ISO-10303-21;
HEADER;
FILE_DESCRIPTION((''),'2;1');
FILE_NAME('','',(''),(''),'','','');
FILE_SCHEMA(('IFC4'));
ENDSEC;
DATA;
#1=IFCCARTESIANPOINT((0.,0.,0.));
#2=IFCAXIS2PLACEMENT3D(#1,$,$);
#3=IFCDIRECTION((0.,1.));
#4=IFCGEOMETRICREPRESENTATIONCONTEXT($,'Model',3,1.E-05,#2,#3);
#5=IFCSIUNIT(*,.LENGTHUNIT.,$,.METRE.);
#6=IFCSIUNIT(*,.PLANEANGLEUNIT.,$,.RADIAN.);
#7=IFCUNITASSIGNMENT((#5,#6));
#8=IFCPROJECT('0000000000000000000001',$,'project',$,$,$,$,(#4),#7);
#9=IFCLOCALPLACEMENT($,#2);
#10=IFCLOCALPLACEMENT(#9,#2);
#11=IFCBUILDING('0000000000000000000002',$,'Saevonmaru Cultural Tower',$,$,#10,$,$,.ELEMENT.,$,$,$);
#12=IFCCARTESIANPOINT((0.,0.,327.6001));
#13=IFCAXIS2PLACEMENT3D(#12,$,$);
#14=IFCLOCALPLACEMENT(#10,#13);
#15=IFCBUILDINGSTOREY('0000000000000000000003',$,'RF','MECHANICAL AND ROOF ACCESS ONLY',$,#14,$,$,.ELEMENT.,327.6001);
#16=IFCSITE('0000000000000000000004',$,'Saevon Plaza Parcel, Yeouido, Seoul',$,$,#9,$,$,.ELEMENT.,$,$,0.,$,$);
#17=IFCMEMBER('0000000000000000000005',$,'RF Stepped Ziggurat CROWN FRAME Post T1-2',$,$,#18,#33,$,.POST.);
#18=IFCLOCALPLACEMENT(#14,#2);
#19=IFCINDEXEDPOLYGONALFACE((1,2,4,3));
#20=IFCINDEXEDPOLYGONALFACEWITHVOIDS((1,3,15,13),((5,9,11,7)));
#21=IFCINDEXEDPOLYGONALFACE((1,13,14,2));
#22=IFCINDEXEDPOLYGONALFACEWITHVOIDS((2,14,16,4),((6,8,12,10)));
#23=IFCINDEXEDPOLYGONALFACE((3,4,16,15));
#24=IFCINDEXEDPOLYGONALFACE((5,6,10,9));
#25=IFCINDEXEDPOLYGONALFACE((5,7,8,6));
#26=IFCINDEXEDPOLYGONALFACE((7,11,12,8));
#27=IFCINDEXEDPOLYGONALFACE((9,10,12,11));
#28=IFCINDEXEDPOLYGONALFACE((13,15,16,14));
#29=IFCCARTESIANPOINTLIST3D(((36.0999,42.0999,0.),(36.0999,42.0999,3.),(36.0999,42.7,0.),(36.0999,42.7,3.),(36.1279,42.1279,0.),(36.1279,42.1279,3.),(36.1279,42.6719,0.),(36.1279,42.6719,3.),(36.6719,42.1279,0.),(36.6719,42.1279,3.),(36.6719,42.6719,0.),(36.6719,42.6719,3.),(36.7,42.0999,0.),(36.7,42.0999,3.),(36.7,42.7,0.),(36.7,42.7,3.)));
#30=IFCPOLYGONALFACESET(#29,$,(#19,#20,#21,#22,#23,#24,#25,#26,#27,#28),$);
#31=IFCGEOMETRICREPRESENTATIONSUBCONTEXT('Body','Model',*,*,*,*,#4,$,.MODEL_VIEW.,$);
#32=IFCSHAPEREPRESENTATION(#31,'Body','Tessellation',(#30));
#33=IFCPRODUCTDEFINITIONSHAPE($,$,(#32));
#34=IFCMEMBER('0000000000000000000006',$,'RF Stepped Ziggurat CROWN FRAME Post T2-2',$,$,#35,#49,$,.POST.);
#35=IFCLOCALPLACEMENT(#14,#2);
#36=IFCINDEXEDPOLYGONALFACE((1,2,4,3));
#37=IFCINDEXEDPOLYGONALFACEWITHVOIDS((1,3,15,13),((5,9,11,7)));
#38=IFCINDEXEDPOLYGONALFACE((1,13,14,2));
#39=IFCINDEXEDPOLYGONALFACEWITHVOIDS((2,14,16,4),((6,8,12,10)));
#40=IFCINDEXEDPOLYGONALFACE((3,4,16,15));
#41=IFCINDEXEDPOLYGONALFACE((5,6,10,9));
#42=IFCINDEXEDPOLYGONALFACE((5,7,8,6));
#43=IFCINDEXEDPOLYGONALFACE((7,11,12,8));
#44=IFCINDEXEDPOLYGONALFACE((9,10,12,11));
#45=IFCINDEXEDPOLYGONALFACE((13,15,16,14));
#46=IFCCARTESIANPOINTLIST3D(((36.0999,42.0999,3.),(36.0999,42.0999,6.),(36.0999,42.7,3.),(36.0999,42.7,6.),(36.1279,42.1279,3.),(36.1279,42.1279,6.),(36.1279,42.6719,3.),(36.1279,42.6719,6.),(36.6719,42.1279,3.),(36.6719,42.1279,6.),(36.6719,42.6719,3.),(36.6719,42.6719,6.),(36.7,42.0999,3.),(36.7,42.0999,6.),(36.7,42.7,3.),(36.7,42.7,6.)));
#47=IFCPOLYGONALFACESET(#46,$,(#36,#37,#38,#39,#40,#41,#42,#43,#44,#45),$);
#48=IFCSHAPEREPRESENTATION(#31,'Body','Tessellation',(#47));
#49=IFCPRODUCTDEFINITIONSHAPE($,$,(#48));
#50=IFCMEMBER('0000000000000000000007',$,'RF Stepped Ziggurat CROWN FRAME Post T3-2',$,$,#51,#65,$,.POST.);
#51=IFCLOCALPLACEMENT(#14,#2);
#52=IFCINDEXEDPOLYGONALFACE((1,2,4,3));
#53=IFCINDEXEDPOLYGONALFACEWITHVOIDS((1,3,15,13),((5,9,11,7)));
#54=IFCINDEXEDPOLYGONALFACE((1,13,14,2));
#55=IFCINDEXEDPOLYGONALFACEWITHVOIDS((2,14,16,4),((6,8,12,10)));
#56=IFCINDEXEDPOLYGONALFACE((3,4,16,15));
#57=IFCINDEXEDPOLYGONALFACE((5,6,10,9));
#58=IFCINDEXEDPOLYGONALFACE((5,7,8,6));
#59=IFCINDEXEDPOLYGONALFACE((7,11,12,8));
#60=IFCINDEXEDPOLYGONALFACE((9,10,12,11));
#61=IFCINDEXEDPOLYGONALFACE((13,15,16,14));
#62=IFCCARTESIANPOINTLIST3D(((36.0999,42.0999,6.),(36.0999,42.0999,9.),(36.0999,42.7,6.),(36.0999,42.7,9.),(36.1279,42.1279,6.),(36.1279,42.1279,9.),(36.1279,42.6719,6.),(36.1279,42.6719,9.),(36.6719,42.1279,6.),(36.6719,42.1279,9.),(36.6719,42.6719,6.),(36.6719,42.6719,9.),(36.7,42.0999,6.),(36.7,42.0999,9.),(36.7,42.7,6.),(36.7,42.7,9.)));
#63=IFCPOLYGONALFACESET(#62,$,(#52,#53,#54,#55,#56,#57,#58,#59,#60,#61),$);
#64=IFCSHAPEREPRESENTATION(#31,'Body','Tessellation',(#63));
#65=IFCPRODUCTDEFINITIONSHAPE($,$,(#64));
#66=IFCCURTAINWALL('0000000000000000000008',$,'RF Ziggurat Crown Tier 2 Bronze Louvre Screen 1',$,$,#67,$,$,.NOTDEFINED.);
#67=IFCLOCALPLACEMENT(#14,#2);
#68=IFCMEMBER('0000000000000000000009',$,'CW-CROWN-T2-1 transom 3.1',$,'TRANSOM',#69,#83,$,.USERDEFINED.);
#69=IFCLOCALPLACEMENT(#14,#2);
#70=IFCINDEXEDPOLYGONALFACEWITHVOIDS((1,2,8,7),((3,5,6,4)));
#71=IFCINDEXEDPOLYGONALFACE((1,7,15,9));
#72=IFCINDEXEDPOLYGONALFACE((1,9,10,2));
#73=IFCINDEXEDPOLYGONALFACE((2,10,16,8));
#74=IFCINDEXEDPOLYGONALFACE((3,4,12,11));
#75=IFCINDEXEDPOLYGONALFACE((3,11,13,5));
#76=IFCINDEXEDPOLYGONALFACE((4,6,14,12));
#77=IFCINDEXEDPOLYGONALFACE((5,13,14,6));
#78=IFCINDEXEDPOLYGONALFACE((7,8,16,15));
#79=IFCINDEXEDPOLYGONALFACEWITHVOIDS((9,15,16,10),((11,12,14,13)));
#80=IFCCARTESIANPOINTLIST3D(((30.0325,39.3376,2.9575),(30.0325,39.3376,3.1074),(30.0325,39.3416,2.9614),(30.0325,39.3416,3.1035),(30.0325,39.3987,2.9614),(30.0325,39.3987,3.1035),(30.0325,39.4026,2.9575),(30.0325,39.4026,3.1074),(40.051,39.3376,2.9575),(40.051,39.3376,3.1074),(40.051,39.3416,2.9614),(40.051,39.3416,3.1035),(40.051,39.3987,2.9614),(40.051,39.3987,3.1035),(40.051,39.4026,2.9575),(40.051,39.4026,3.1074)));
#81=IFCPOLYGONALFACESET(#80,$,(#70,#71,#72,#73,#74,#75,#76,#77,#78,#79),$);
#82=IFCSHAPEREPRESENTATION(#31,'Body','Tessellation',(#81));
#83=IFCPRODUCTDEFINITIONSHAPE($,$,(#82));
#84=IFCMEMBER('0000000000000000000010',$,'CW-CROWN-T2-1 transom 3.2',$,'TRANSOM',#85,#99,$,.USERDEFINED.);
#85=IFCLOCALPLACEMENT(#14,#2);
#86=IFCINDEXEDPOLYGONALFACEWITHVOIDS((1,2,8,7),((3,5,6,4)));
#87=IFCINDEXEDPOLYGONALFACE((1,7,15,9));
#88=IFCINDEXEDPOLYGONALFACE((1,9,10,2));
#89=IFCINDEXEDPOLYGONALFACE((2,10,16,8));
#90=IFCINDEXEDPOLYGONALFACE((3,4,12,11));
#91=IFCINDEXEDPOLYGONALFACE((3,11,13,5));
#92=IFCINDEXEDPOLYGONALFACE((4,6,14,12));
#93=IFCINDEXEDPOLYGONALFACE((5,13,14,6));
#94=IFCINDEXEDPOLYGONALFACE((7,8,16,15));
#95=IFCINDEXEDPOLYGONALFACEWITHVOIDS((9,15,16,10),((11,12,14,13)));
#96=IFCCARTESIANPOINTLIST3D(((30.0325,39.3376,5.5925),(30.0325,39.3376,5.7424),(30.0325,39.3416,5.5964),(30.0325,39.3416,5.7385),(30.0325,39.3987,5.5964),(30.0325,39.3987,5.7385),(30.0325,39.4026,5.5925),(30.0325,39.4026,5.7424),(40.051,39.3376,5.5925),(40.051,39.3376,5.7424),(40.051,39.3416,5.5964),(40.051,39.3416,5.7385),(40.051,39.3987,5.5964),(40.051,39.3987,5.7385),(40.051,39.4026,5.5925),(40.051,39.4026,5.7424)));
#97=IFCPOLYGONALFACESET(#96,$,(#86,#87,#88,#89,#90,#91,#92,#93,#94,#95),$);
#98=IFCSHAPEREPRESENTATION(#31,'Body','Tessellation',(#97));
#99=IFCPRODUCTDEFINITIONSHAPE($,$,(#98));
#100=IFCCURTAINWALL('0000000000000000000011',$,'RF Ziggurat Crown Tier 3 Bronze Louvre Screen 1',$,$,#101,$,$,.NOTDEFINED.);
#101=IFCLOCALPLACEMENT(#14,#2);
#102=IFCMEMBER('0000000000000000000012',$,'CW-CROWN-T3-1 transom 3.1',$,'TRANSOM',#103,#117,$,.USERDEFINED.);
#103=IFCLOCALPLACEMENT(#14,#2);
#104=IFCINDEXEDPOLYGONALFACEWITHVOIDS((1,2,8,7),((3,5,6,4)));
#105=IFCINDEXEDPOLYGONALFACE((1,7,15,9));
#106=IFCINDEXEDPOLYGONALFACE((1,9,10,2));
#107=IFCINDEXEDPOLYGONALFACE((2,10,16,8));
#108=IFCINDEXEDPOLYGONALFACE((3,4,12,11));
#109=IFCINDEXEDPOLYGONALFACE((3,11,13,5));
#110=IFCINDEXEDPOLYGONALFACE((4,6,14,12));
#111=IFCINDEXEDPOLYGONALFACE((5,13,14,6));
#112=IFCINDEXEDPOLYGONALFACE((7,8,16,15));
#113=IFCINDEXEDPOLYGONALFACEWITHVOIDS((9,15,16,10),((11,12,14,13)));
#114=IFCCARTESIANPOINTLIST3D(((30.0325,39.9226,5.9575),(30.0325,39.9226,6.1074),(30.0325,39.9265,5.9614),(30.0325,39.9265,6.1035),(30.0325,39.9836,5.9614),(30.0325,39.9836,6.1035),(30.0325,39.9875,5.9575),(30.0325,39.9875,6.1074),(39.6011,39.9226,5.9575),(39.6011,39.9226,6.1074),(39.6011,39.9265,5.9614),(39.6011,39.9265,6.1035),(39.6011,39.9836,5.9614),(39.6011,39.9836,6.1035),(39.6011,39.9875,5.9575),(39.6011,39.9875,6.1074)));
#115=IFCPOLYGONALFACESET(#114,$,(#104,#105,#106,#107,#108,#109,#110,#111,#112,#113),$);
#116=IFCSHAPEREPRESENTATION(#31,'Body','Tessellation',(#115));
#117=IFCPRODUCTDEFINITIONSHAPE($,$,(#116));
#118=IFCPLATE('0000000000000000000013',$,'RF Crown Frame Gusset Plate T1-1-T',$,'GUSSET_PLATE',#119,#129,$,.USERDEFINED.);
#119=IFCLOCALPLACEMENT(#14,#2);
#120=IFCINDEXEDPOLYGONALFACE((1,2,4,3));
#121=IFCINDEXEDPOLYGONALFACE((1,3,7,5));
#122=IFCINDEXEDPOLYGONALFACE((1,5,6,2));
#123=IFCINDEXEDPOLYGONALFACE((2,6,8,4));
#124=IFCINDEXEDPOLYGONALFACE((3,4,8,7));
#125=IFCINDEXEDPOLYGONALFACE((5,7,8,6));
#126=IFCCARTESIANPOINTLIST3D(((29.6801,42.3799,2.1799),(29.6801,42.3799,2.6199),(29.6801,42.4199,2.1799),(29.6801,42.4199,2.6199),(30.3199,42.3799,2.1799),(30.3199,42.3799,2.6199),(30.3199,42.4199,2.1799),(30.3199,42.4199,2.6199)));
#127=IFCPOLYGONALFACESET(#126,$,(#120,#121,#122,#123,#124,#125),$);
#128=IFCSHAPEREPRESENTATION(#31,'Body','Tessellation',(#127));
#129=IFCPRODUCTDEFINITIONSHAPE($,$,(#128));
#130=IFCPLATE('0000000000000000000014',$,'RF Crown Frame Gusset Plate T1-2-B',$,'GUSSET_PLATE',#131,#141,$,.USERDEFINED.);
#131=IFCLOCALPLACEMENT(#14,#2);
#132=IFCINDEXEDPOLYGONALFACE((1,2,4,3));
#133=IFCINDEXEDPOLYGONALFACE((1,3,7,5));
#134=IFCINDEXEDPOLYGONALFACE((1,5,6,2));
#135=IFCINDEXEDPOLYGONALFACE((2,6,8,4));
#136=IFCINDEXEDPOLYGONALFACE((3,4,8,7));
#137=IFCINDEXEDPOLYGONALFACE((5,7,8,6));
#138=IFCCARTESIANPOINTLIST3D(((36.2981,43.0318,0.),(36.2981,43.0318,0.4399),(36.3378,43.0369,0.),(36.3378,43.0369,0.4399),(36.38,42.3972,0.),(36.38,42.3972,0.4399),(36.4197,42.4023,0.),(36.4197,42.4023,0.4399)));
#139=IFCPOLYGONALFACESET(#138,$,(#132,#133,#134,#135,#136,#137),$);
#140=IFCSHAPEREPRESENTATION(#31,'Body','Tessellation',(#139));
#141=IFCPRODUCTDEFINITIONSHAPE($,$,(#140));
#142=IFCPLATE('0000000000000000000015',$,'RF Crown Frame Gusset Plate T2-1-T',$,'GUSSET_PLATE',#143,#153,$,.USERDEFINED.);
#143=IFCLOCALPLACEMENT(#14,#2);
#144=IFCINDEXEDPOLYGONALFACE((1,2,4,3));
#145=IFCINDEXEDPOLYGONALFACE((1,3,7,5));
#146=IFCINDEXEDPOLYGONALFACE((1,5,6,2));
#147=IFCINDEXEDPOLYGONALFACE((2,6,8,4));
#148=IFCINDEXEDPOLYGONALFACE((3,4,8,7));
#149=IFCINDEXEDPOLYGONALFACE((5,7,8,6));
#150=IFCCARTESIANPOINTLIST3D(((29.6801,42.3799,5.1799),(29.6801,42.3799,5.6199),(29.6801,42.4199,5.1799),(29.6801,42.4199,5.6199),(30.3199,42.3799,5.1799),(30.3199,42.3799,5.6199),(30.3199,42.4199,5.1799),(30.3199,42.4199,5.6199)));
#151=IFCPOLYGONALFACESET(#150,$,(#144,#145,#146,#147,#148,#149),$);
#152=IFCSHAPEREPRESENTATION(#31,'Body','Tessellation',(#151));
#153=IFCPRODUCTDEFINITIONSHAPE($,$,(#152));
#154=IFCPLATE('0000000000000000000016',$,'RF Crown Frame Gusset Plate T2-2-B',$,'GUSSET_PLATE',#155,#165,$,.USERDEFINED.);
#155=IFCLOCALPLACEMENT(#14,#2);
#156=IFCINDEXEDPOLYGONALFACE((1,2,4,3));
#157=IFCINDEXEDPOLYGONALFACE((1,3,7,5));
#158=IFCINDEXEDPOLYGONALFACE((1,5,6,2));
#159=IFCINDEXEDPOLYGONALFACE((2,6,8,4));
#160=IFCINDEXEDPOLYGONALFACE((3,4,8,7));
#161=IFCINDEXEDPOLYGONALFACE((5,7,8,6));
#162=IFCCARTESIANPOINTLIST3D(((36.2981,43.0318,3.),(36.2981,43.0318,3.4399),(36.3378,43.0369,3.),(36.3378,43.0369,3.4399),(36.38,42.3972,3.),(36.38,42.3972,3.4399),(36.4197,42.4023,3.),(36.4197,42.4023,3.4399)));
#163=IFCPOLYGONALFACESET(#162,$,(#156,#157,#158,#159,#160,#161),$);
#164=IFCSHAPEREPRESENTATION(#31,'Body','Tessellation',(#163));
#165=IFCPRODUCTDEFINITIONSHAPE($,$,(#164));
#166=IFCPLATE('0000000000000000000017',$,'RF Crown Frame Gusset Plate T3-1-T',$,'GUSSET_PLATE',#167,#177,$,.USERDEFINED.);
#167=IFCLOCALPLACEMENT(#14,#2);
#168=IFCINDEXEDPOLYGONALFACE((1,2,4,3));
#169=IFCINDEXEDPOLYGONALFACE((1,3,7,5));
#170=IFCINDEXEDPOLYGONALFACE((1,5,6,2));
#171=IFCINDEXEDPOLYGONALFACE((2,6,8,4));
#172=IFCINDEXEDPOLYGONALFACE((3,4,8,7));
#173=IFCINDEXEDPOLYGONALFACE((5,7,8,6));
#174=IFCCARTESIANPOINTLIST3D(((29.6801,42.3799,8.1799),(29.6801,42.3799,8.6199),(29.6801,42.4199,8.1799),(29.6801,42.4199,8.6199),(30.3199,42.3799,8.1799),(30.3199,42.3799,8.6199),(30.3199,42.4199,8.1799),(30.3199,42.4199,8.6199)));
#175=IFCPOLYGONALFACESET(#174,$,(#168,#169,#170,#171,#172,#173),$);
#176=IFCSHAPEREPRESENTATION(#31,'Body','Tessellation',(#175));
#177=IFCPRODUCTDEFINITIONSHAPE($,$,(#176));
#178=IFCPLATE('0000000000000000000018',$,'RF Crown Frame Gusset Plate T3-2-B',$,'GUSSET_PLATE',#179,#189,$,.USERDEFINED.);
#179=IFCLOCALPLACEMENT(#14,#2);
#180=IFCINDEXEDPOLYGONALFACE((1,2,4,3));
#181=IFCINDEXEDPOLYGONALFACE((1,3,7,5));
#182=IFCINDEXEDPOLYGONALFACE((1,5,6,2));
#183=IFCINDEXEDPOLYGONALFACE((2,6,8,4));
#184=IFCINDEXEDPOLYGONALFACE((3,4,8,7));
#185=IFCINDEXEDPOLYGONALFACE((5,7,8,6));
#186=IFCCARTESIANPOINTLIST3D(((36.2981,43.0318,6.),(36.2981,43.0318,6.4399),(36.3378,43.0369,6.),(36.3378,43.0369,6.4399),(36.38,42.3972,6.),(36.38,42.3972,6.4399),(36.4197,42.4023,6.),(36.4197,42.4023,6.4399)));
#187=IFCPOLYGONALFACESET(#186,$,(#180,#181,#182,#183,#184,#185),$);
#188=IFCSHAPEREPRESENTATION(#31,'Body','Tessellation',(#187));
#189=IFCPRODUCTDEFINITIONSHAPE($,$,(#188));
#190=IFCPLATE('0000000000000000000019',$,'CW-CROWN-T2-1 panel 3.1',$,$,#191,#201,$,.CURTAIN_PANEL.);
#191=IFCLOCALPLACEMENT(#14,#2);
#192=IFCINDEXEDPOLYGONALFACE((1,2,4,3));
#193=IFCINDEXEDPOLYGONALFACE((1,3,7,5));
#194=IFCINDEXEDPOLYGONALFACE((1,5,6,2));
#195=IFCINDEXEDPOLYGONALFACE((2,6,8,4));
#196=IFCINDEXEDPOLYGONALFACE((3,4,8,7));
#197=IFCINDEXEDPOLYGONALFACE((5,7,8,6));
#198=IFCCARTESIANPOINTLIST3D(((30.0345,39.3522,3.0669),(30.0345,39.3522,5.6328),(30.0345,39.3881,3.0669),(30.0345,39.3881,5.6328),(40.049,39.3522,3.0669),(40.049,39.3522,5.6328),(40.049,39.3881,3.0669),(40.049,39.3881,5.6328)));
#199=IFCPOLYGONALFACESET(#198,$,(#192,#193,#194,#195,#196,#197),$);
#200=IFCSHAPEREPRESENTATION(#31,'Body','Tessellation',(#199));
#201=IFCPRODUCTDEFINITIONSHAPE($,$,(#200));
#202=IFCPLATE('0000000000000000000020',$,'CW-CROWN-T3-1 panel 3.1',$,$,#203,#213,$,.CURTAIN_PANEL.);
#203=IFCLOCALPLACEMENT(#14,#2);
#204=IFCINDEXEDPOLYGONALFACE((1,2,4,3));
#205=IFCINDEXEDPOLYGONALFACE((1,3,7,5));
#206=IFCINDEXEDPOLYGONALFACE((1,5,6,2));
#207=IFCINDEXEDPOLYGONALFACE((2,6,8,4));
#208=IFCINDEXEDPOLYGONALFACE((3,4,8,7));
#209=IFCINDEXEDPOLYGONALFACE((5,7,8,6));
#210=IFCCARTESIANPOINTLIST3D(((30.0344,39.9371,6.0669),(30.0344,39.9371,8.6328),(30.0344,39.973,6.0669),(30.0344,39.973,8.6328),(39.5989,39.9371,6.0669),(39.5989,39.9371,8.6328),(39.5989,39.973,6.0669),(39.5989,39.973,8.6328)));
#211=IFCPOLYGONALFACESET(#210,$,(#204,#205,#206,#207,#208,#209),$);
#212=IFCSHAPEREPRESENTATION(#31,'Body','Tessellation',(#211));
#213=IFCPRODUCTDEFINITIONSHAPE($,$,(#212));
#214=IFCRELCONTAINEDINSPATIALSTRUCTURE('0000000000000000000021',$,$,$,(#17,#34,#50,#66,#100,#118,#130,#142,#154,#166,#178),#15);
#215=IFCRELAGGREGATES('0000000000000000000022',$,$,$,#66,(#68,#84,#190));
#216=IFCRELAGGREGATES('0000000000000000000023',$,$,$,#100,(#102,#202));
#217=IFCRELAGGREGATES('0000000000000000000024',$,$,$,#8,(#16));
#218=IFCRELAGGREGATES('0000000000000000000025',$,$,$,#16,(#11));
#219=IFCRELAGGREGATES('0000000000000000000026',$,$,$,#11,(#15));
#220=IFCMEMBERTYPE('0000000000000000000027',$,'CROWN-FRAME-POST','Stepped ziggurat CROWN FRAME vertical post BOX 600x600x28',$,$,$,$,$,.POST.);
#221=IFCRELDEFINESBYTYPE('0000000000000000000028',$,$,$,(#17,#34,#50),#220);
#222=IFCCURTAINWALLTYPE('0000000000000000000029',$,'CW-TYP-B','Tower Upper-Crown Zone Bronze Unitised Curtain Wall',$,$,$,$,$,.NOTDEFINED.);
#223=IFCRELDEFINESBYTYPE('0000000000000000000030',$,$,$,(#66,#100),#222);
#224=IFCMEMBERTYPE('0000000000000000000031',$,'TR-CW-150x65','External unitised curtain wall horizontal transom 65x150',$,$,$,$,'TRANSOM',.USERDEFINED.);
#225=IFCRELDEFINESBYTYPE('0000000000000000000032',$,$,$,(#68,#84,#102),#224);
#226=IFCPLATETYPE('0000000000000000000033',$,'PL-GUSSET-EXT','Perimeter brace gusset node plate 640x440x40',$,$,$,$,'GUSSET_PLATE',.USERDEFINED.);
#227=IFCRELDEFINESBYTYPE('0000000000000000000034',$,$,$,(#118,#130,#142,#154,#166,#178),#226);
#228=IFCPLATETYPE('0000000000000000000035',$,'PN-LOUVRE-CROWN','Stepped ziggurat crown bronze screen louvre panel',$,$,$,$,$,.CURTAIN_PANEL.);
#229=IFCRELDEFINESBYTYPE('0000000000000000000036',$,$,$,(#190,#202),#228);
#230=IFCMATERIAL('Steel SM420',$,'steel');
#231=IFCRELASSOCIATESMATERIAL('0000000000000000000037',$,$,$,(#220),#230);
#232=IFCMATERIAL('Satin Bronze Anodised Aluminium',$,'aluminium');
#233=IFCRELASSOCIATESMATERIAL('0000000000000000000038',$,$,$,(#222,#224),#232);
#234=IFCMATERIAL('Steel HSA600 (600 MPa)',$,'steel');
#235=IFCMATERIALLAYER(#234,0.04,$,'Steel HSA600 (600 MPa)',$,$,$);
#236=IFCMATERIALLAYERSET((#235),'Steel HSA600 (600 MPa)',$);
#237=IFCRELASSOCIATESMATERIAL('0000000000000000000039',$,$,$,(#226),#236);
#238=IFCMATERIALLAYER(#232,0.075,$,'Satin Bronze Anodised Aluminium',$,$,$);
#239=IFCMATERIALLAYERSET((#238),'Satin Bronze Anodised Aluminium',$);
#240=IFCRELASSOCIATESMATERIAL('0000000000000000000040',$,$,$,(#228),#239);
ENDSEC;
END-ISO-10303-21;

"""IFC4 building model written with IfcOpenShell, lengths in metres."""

from ifc_helpers import new_model, si_unit, direction, frame, origin, origin_2d, place, context, subcontext, project, spatial, rectangle, hollow_rectangle, extrude, material, layer, layer_set, material_profile, profile_set, type_object, element, aggregate, save


model = new_model("IFC4")

# Units and contexts
model_context = context("Model", 3, precision=1e-05, world=origin(), true_north=direction((0.0, 1.0)))
body_context = subcontext(model_context, "Body", "Model", "MODEL_VIEW")
ifc_project = project(units=[si_unit("LENGTHUNIT", "METRE"), si_unit("PLANEANGLEUNIT", "RADIAN")], contexts=[model_context])

# Site, building, storey
site_placement = place(None, origin())
site = spatial("IfcSite", under=ifc_project, at=site_placement, Name="Saevon Plaza Parcel, Yeouido, Seoul", CompositionType="ELEMENT", RefElevation=0.0)
building_placement = place(site_placement, origin())
building = spatial("IfcBuilding", under=site, at=building_placement, Name="Saevonmaru Cultural Tower", CompositionType="ELEMENT")
storey_placement = place(building_placement, frame((0.0, 0.0, 327.6001)))
storey = spatial("IfcBuildingStorey", under=building, at=storey_placement, Name="RF", Description="MECHANICAL AND ROOF ACCESS ONLY", CompositionType="ELEMENT", Elevation=327.6001)

# Members
ifc_material_1 = material(Name="Steel SM420", Category="steel")
ifc_material_profile_1 = material_profile(ifc_material_1, hollow_rectangle(XDim=0.6001, YDim=0.6001, WallThickness=0.0281, at=origin_2d()), Name="BOX-600x600x28")
ifc_profile_set_1 = profile_set([ifc_material_profile_1], Name="Steel SM420")
member_type_1 = type_object("IfcMemberType", Name="CROWN-FRAME-POST", Description="Stepped ziggurat CROWN FRAME vertical post BOX 600x600x28", PredefinedType="POST", material=ifc_profile_set_1)
for number, where, z_axis, x_axis, name in (
    (1, (36.3999, 42.3999, 0.0), (0.0, 0.0, 1.0), (1.0, 0.0, 0.0), "RF Stepped Ziggurat CROWN FRAME Post T1-2"),
    (2, (36.3999, 42.3999, 3.0), (0.0, 0.0, 1.0), (1.0, 0.0, 0.0), "RF Stepped Ziggurat CROWN FRAME Post T2-2"),
    (3, (36.3999, 42.3999, 6.0), (0.0, 0.0, 1.0), (1.0, 0.0, 0.0), "RF Stepped Ziggurat CROWN FRAME Post T3-2"),
):
    element("IfcMember", number, at=place(storey_placement, frame(where, z_axis=z_axis, x_axis=x_axis)), inside=storey, type_object=member_type_1, Name=name, PredefinedType="POST", context=body_context, shape_type="SweptSolid", body=[
        extrude(hollow_rectangle(XDim=0.6001, YDim=0.6001, WallThickness=0.0281, at=origin_2d()), origin(), (0.0, 0.0, 1.0), 3.0),
    ])

# Curtain wall, members
ifc_material_2 = material(Name="Satin Bronze Anodised Aluminium", Category="aluminium")
curtain_wall_type = type_object("IfcCurtainWallType", Name="CW-TYP-B", Description="Tower Upper-Crown Zone Bronze Unitised Curtain Wall", PredefinedType="NOTDEFINED", material=ifc_material_2)
curtain_wall_1_placement = place(storey_placement, origin())
curtain_wall_1 = element("IfcCurtainWall", 4, at=curtain_wall_1_placement, inside=storey, type_object=curtain_wall_type, Name="RF Ziggurat Crown Tier 2 Bronze Louvre Screen 1", PredefinedType="NOTDEFINED")
ifc_material_profile_2 = material_profile(ifc_material_2, hollow_rectangle(XDim=0.0649, YDim=0.1499, WallThickness=0.0039, at=origin_2d()), Name="ALU-TRAN-150x65x4")
ifc_profile_set_2 = profile_set([ifc_material_profile_2], Name="Satin Bronze Anodised Aluminium")
member_type_2 = type_object("IfcMemberType", Name="TR-CW-150x65", Description="External unitised curtain wall horizontal transom 65x150", ElementType="TRANSOM", PredefinedType="USERDEFINED", material=ifc_profile_set_2)
member_1_placement = place(storey_placement, frame((30.0325, 39.3701, 3.0325), z_axis=(1.0, 0.0, 0.0), x_axis=(0.0, 1.0, 0.0)))
member_1 = element("IfcMember", 5, at=member_1_placement, type_object=member_type_2, Name="CW-CROWN-T2-1 transom 3.1", ObjectType="TRANSOM", PredefinedType="USERDEFINED", context=body_context, shape_type="SweptSolid", body=[
    extrude(hollow_rectangle(XDim=0.0649, YDim=0.1499, WallThickness=0.0039, at=origin_2d()), origin(), (0.0, 0.0, 1.0), 10.0186),
])
member_2_placement = place(storey_placement, frame((30.0325, 39.3701, 5.6675), z_axis=(1.0, 0.0, 0.0), x_axis=(0.0, 1.0, 0.0)))
member_2 = element("IfcMember", 6, at=member_2_placement, type_object=member_type_2, Name="CW-CROWN-T2-1 transom 3.2", ObjectType="TRANSOM", PredefinedType="USERDEFINED", context=body_context, shape_type="SweptSolid", body=[
    extrude(hollow_rectangle(XDim=0.0649, YDim=0.1499, WallThickness=0.0039, at=origin_2d()), origin(), (0.0, 0.0, 1.0), 10.0186),
])

# Curtain wall, member
curtain_wall_2_placement = place(storey_placement, origin())
curtain_wall_2 = element("IfcCurtainWall", 7, at=curtain_wall_2_placement, inside=storey, type_object=curtain_wall_type, Name="RF Ziggurat Crown Tier 3 Bronze Louvre Screen 1", PredefinedType="NOTDEFINED")
member_3_placement = place(storey_placement, frame((30.0325, 39.9551, 6.0325), z_axis=(1.0, 0.0, 0.0), x_axis=(0.0, 1.0, 0.0)))
member_3 = element("IfcMember", 8, at=member_3_placement, type_object=member_type_2, Name="CW-CROWN-T3-1 transom 3.1", ObjectType="TRANSOM", PredefinedType="USERDEFINED", context=body_context, shape_type="SweptSolid", body=[
    extrude(hollow_rectangle(XDim=0.0649, YDim=0.1499, WallThickness=0.0039, at=origin_2d()), origin(), (0.0, 0.0, 1.0), 9.5686),
])

# Plates
ifc_material_3 = material(Name="Steel HSA600 (600 MPa)", Category="steel")
ifc_layer_1 = layer(ifc_material_3, 0.04, Name="Steel HSA600 (600 MPa)")
ifc_layer_set_1 = layer_set([ifc_layer_1], Name="Steel HSA600 (600 MPa)")
plate_type_1 = type_object("IfcPlateType", Name="PL-GUSSET-EXT", Description="Perimeter brace gusset node plate 640x440x40", ElementType="GUSSET_PLATE", PredefinedType="USERDEFINED", material=ifc_layer_set_1)
for number, where, z_axis, x_axis, name in (
    (9, (30.0, 42.3999, 2.1799), (0.0, 0.0, 1.0), (1.0, 0.0, 0.0), "RF Crown Frame Gusset Plate T1-1-T"),
    (10, (36.3589, 42.717, 0.0), (0.0, 0.0, 1.0), (-0.127965, 0.991779, 0.0), "RF Crown Frame Gusset Plate T1-2-B"),
    (11, (30.0, 42.3999, 5.1799), (0.0, 0.0, 1.0), (1.0, 0.0, 0.0), "RF Crown Frame Gusset Plate T2-1-T"),
    (12, (36.3589, 42.717, 3.0), (0.0, 0.0, 1.0), (-0.127965, 0.991779, 0.0), "RF Crown Frame Gusset Plate T2-2-B"),
    (13, (30.0, 42.3999, 8.1799), (0.0, 0.0, 1.0), (1.0, 0.0, 0.0), "RF Crown Frame Gusset Plate T3-1-T"),
    (14, (36.3589, 42.717, 6.0), (0.0, 0.0, 1.0), (-0.127965, 0.991779, 0.0), "RF Crown Frame Gusset Plate T3-2-B"),
):
    element("IfcPlate", number, at=place(storey_placement, frame(where, z_axis=z_axis, x_axis=x_axis)), inside=storey, type_object=plate_type_1, Name=name, ObjectType="GUSSET_PLATE", PredefinedType="USERDEFINED", context=body_context, shape_type="SweptSolid", body=[
        extrude(rectangle(XDim=0.6399, YDim=0.04, at=origin_2d()), origin(), (0.0, 0.0, 1.0), 0.4399),
    ])

# Plates
ifc_layer_2 = layer(ifc_material_2, 0.075, Name="Satin Bronze Anodised Aluminium")
ifc_layer_set_2 = layer_set([ifc_layer_2], Name="Satin Bronze Anodised Aluminium")
plate_type_2 = type_object("IfcPlateType", Name="PN-LOUVRE-CROWN", Description="Stepped ziggurat crown bronze screen louvre panel", PredefinedType="CURTAIN_PANEL", material=ifc_layer_set_2)
plate_1_placement = place(storey_placement, frame((35.0417, 39.3701, 3.0669), z_axis=(0.0, 0.0, 1.0), x_axis=(1.0, 0.0, 0.0)))
plate_1 = element("IfcPlate", 15, at=plate_1_placement, type_object=plate_type_2, Name="CW-CROWN-T2-1 panel 3.1", PredefinedType="CURTAIN_PANEL", context=body_context, shape_type="SweptSolid", body=[
    extrude(rectangle(XDim=10.0144, YDim=0.0359, at=origin_2d()), origin(), (0.0, 0.0, 1.0), 2.5659),
])
aggregate(curtain_wall_1, [member_1, member_2, plate_1])
plate_2_placement = place(storey_placement, frame((34.8167, 39.9551, 6.0669), z_axis=(0.0, 0.0, 1.0), x_axis=(1.0, 0.0, 0.0)))
plate_2 = element("IfcPlate", 16, at=plate_2_placement, type_object=plate_type_2, Name="CW-CROWN-T3-1 panel 3.1", PredefinedType="CURTAIN_PANEL", context=body_context, shape_type="SweptSolid", body=[
    extrude(rectangle(XDim=9.5645, YDim=0.0359, at=origin_2d()), origin(), (0.0, 0.0, 1.0), 2.5659),
])
aggregate(curtain_wall_2, [member_3, plate_2])

save(model, "model.ifc")
